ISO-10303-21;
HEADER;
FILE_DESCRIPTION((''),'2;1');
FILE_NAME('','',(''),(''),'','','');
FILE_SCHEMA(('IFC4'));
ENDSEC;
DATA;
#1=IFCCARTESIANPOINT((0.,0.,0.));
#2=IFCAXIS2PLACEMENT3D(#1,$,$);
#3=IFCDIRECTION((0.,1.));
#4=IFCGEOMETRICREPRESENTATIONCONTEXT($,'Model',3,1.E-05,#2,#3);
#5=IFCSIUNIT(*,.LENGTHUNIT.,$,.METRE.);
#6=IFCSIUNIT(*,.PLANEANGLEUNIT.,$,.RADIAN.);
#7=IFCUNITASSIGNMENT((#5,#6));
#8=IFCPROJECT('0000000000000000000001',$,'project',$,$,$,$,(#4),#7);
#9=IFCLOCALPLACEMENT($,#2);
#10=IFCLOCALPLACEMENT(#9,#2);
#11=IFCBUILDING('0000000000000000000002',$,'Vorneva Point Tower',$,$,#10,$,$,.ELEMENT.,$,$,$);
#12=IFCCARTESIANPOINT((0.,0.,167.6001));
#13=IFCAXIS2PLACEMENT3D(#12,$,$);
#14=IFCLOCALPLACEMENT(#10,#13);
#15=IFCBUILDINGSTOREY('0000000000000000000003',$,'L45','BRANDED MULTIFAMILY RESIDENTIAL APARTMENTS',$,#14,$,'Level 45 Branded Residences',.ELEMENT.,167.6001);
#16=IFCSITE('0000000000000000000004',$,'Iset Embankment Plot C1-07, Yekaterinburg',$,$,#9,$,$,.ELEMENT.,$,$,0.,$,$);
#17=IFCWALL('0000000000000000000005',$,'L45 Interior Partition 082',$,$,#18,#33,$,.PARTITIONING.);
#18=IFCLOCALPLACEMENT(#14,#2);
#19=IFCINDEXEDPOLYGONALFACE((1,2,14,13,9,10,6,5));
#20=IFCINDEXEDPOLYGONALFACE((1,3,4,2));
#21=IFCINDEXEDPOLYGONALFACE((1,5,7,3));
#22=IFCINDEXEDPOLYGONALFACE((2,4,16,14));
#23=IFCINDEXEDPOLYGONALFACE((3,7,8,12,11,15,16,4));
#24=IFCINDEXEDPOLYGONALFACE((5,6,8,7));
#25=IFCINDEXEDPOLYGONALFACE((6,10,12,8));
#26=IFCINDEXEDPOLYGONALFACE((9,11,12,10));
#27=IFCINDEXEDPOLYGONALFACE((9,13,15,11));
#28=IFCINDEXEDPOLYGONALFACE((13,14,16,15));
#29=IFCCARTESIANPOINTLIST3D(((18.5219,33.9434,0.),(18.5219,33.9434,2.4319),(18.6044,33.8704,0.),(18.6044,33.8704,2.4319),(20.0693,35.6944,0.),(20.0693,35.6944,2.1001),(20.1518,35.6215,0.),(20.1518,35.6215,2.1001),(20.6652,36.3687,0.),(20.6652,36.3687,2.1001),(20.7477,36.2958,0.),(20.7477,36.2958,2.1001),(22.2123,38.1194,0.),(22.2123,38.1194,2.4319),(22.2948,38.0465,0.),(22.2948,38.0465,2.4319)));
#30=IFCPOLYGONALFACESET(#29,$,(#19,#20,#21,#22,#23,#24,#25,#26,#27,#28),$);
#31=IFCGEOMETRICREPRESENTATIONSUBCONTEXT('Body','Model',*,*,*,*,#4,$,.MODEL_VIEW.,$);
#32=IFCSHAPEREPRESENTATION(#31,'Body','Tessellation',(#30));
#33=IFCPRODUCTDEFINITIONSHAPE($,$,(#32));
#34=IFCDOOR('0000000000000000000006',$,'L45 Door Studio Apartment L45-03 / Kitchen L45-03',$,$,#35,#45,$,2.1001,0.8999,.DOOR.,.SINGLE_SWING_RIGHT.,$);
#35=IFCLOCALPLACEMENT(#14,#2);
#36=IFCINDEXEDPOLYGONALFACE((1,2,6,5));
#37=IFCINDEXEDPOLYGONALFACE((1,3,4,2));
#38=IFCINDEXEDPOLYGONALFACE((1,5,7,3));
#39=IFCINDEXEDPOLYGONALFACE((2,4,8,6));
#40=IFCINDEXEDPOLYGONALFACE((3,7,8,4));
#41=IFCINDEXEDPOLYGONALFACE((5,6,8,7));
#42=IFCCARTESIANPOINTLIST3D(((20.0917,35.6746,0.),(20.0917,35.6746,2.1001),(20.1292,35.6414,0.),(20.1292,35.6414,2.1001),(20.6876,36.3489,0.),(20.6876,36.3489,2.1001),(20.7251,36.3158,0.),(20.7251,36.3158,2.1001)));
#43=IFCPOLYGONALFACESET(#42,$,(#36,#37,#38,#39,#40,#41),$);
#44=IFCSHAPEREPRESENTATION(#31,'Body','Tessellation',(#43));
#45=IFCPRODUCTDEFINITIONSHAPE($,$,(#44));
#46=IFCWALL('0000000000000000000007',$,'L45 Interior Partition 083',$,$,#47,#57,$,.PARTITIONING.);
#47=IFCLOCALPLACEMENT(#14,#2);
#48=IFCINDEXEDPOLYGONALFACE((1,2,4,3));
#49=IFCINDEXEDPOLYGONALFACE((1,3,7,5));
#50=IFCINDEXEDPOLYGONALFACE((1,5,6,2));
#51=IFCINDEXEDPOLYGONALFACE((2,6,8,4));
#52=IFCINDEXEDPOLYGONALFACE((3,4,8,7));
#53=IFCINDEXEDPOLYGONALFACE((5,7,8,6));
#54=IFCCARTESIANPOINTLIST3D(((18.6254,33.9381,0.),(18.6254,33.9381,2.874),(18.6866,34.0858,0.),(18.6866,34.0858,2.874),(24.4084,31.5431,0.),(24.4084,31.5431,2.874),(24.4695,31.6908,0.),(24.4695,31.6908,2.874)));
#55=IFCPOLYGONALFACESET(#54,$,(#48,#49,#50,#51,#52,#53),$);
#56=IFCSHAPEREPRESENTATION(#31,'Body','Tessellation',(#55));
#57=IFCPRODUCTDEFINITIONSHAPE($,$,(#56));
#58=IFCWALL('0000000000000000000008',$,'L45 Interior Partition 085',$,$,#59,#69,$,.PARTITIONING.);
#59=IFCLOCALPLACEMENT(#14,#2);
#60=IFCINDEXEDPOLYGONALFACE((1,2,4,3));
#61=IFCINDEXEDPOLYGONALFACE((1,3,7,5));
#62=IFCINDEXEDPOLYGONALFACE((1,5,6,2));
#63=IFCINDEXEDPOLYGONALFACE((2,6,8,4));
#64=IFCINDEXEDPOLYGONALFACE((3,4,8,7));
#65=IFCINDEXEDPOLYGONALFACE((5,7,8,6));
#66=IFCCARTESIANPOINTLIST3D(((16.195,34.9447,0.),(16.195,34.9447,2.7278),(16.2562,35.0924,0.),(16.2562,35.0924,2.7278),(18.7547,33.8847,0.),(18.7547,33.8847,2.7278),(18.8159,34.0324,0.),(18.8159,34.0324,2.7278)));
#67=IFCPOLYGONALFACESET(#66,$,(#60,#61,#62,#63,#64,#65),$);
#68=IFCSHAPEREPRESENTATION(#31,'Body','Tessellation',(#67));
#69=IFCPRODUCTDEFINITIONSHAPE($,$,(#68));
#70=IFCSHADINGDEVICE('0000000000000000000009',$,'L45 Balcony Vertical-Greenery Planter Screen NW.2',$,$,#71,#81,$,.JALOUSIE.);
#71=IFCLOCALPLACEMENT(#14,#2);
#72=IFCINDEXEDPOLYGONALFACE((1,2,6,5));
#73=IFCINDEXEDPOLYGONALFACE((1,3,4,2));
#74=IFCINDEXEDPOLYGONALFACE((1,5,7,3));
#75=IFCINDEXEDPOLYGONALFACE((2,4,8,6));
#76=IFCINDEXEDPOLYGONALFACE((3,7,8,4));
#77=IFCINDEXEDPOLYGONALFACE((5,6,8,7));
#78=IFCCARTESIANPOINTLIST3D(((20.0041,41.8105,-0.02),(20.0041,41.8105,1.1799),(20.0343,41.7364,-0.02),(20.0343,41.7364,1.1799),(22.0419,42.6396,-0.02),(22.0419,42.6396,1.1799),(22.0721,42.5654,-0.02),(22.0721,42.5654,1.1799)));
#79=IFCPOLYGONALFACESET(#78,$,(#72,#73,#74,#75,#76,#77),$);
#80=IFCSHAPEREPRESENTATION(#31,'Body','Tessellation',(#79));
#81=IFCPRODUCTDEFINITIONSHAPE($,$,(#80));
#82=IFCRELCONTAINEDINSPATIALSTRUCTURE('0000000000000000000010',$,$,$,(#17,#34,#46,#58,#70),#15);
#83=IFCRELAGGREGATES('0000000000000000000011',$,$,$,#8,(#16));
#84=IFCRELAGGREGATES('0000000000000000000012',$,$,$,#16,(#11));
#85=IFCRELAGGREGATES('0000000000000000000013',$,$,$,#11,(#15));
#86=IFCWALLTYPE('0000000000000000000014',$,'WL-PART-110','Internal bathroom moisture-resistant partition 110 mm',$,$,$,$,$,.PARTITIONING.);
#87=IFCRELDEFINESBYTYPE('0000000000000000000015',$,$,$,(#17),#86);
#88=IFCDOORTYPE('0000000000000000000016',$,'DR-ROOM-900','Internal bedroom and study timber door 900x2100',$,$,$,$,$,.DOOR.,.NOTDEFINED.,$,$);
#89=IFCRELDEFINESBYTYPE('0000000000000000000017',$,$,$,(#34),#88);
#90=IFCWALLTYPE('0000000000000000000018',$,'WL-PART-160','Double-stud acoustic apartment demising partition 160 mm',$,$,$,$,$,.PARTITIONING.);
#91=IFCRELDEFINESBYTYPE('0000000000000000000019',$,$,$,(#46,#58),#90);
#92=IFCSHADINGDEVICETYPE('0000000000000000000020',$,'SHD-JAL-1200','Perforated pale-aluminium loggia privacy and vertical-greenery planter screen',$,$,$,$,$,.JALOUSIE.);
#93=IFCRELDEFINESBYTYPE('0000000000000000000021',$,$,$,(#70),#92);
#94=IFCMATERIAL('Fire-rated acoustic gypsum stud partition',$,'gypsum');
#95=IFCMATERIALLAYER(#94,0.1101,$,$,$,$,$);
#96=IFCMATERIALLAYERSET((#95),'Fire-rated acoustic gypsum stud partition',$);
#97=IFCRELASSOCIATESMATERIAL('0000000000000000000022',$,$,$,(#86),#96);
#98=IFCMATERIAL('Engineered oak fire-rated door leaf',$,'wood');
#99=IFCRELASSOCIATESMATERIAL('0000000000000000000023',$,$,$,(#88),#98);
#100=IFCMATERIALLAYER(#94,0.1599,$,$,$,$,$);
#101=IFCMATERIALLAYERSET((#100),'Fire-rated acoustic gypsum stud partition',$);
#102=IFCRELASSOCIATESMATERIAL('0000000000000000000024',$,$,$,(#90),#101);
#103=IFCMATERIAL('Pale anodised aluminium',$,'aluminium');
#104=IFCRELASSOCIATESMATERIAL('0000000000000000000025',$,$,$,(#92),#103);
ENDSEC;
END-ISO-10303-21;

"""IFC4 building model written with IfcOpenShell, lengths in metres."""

from ifc_helpers import new_model, si_unit, direction, frame, frame_2d, origin, origin_2d, place, context, subcontext, project, spatial, rectangle, extrude, material, layer, layer_set, type_object, element, fill, save


model = new_model("IFC4")

# Units and contexts
model_context = context("Model", 3, precision=1e-05, world=origin(), true_north=direction((0.0, 1.0)))
body_context = subcontext(model_context, "Body", "Model", "MODEL_VIEW")
ifc_project = project(units=[si_unit("LENGTHUNIT", "METRE"), si_unit("PLANEANGLEUNIT", "RADIAN")], contexts=[model_context])

# Site, building, storey
site_placement = place(None, origin())
site = spatial("IfcSite", under=ifc_project, at=site_placement, Name="Iset Embankment Plot C1-07, Yekaterinburg", CompositionType="ELEMENT", RefElevation=0.0)
building_placement = place(site_placement, origin())
building = spatial("IfcBuilding", under=site, at=building_placement, Name="Vorneva Point Tower", CompositionType="ELEMENT")
storey_placement = place(building_placement, frame((0.0, 0.0, 167.6001)))
storey = spatial("IfcBuildingStorey", under=building, at=storey_placement, Name="L45", Description="BRANDED MULTIFAMILY RESIDENTIAL APARTMENTS", LongName="Level 45 Branded Residences", CompositionType="ELEMENT", Elevation=167.6001)

# Shared definitions
ifc_material_1 = material(Name="Pale anodised aluminium", Category="aluminium")

# Shared definitions
ifc_material_2 = material(Name="Fire-rated acoustic gypsum stud partition", Category="gypsum")
ifc_layer_1 = layer(ifc_material_2, 0.1101)
ifc_layer_set_1 = layer_set([ifc_layer_1], Name="Fire-rated acoustic gypsum stud partition")
wall_type_1 = type_object("IfcWallType", Name="WL-PART-110", Description="Internal bathroom moisture-resistant partition 110 mm", PredefinedType="PARTITIONING", material=ifc_layer_set_1)

# Wall, opening, door
wall_1_placement = place(storey_placement, frame((22.2537, 38.083, 0.0), z_axis=(0.0, 0.0, 1.0), x_axis=(-0.662197, -0.74933, 0.0)))
wall_1 = element("IfcWall", 1, at=wall_1_placement, inside=storey, type_object=wall_type_1, Name="L45 Interior Partition 082", PredefinedType="PARTITIONING", context=body_context, shape_type="SweptSolid", body=[
    extrude(rectangle(XDim=5.573, YDim=0.1101, at=frame_2d((2.7866, 0.0))), origin(), (0.0, 0.0, 1.0), 2.4319),
])
opening_1_placement = place(wall_1_placement, frame((2.3364, 0.0, 0.0)))
opening_1 = element("IfcOpeningElement", 2, at=opening_1_placement, cuts=wall_1, PredefinedType="OPENING", context=body_context, shape_type="SweptSolid", body=[
    extrude(rectangle(XDim=0.8999, YDim=2.1001, at=frame_2d((0.45, 1.05))), frame((0.0, 0.0698, 0.0), z_axis=(0.0, -1.0, 0.0), x_axis=(1.0, 0.0, 0.0)), (0.0, 0.0, 1.0), 0.1399),
])
ifc_material_3 = material(Name="Engineered oak fire-rated door leaf", Category="wood")
door_type_1 = type_object("IfcDoorType", Name="DR-ROOM-900", Description="Internal bedroom and study timber door 900x2100", OperationType="NOTDEFINED", PredefinedType="DOOR", material=ifc_material_3)
door_1_placement = place(opening_1_placement, origin())
door_1 = element("IfcDoor", 3, at=door_1_placement, inside=storey, type_object=door_type_1, Name="L45 Door Studio Apartment L45-03 / Kitchen L45-03", OperationType="SINGLE_SWING_RIGHT", OverallHeight=2.1001, OverallWidth=0.8999, PredefinedType="DOOR", context=body_context, shape_type="SweptSolid", body=[
    extrude(rectangle(XDim=0.8999, YDim=2.1001, at=frame_2d((0.45, 1.05))), frame((0.0, 0.0249, 0.0), z_axis=(0.0, -1.0, 0.0), x_axis=(1.0, 0.0, 0.0)), (0.0, 0.0, 1.0), 0.05),
])
fill(opening_1, door_1)

# Walls
ifc_layer_2 = layer(ifc_material_2, 0.1599)
ifc_layer_set_2 = layer_set([ifc_layer_2], Name="Fire-rated acoustic gypsum stud partition")
wall_type_2 = type_object("IfcWallType", Name="WL-PART-160", Description="Double-stud acoustic apartment demising partition 160 mm", PredefinedType="PARTITIONING", material=ifc_layer_set_2)
wall_2_placement = place(storey_placement, frame((18.656, 34.012, 0.0), z_axis=(0.0, 0.0, 1.0), x_axis=(0.9239, -0.382634, 0.0)))
element("IfcWall", 4, at=wall_2_placement, inside=storey, type_object=wall_type_2, Name="L45 Interior Partition 083", PredefinedType="PARTITIONING", context=body_context, shape_type="SweptSolid", body=[
    extrude(rectangle(XDim=6.2593, YDim=0.1599, at=frame_2d((3.1296, 0.0))), origin(), (0.0, 0.0, 1.0), 2.874),
])
wall_3_placement = place(storey_placement, frame((16.2256, 35.0186, 0.0), z_axis=(0.0, 0.0, 1.0), x_axis=(0.923912, -0.382606, 0.0)))
element("IfcWall", 5, at=wall_3_placement, inside=storey, type_object=wall_type_2, Name="L45 Interior Partition 085", PredefinedType="PARTITIONING", context=body_context, shape_type="SweptSolid", body=[
    extrude(rectangle(XDim=2.7705, YDim=0.1599, at=frame_2d((1.3853, 0.0))), origin(), (0.0, 0.0, 1.0), 2.7278),
])

# Shading device
shading_device_type = type_object("IfcShadingDeviceType", Name="SHD-JAL-1200", Description="Perforated pale-aluminium loggia privacy and vertical-greenery planter screen", PredefinedType="JALOUSIE", material=ifc_material_1)
shading_device_placement = place(storey_placement, frame((21.0381, 42.188, -0.02), z_axis=(0.0, 0.0, 1.0), x_axis=(-0.926272, -0.376855, 0.0)))
element("IfcShadingDevice", 6, at=shading_device_placement, inside=storey, type_object=shading_device_type, Name="L45 Balcony Vertical-Greenery Planter Screen NW.2", PredefinedType="JALOUSIE", context=body_context, shape_type="SweptSolid", body=[
    extrude(rectangle(XDim=2.2, YDim=0.0801, at=origin_2d()), origin(), (0.0, 0.0, 1.0), 1.2),
])

save(model, "model.ifc")
